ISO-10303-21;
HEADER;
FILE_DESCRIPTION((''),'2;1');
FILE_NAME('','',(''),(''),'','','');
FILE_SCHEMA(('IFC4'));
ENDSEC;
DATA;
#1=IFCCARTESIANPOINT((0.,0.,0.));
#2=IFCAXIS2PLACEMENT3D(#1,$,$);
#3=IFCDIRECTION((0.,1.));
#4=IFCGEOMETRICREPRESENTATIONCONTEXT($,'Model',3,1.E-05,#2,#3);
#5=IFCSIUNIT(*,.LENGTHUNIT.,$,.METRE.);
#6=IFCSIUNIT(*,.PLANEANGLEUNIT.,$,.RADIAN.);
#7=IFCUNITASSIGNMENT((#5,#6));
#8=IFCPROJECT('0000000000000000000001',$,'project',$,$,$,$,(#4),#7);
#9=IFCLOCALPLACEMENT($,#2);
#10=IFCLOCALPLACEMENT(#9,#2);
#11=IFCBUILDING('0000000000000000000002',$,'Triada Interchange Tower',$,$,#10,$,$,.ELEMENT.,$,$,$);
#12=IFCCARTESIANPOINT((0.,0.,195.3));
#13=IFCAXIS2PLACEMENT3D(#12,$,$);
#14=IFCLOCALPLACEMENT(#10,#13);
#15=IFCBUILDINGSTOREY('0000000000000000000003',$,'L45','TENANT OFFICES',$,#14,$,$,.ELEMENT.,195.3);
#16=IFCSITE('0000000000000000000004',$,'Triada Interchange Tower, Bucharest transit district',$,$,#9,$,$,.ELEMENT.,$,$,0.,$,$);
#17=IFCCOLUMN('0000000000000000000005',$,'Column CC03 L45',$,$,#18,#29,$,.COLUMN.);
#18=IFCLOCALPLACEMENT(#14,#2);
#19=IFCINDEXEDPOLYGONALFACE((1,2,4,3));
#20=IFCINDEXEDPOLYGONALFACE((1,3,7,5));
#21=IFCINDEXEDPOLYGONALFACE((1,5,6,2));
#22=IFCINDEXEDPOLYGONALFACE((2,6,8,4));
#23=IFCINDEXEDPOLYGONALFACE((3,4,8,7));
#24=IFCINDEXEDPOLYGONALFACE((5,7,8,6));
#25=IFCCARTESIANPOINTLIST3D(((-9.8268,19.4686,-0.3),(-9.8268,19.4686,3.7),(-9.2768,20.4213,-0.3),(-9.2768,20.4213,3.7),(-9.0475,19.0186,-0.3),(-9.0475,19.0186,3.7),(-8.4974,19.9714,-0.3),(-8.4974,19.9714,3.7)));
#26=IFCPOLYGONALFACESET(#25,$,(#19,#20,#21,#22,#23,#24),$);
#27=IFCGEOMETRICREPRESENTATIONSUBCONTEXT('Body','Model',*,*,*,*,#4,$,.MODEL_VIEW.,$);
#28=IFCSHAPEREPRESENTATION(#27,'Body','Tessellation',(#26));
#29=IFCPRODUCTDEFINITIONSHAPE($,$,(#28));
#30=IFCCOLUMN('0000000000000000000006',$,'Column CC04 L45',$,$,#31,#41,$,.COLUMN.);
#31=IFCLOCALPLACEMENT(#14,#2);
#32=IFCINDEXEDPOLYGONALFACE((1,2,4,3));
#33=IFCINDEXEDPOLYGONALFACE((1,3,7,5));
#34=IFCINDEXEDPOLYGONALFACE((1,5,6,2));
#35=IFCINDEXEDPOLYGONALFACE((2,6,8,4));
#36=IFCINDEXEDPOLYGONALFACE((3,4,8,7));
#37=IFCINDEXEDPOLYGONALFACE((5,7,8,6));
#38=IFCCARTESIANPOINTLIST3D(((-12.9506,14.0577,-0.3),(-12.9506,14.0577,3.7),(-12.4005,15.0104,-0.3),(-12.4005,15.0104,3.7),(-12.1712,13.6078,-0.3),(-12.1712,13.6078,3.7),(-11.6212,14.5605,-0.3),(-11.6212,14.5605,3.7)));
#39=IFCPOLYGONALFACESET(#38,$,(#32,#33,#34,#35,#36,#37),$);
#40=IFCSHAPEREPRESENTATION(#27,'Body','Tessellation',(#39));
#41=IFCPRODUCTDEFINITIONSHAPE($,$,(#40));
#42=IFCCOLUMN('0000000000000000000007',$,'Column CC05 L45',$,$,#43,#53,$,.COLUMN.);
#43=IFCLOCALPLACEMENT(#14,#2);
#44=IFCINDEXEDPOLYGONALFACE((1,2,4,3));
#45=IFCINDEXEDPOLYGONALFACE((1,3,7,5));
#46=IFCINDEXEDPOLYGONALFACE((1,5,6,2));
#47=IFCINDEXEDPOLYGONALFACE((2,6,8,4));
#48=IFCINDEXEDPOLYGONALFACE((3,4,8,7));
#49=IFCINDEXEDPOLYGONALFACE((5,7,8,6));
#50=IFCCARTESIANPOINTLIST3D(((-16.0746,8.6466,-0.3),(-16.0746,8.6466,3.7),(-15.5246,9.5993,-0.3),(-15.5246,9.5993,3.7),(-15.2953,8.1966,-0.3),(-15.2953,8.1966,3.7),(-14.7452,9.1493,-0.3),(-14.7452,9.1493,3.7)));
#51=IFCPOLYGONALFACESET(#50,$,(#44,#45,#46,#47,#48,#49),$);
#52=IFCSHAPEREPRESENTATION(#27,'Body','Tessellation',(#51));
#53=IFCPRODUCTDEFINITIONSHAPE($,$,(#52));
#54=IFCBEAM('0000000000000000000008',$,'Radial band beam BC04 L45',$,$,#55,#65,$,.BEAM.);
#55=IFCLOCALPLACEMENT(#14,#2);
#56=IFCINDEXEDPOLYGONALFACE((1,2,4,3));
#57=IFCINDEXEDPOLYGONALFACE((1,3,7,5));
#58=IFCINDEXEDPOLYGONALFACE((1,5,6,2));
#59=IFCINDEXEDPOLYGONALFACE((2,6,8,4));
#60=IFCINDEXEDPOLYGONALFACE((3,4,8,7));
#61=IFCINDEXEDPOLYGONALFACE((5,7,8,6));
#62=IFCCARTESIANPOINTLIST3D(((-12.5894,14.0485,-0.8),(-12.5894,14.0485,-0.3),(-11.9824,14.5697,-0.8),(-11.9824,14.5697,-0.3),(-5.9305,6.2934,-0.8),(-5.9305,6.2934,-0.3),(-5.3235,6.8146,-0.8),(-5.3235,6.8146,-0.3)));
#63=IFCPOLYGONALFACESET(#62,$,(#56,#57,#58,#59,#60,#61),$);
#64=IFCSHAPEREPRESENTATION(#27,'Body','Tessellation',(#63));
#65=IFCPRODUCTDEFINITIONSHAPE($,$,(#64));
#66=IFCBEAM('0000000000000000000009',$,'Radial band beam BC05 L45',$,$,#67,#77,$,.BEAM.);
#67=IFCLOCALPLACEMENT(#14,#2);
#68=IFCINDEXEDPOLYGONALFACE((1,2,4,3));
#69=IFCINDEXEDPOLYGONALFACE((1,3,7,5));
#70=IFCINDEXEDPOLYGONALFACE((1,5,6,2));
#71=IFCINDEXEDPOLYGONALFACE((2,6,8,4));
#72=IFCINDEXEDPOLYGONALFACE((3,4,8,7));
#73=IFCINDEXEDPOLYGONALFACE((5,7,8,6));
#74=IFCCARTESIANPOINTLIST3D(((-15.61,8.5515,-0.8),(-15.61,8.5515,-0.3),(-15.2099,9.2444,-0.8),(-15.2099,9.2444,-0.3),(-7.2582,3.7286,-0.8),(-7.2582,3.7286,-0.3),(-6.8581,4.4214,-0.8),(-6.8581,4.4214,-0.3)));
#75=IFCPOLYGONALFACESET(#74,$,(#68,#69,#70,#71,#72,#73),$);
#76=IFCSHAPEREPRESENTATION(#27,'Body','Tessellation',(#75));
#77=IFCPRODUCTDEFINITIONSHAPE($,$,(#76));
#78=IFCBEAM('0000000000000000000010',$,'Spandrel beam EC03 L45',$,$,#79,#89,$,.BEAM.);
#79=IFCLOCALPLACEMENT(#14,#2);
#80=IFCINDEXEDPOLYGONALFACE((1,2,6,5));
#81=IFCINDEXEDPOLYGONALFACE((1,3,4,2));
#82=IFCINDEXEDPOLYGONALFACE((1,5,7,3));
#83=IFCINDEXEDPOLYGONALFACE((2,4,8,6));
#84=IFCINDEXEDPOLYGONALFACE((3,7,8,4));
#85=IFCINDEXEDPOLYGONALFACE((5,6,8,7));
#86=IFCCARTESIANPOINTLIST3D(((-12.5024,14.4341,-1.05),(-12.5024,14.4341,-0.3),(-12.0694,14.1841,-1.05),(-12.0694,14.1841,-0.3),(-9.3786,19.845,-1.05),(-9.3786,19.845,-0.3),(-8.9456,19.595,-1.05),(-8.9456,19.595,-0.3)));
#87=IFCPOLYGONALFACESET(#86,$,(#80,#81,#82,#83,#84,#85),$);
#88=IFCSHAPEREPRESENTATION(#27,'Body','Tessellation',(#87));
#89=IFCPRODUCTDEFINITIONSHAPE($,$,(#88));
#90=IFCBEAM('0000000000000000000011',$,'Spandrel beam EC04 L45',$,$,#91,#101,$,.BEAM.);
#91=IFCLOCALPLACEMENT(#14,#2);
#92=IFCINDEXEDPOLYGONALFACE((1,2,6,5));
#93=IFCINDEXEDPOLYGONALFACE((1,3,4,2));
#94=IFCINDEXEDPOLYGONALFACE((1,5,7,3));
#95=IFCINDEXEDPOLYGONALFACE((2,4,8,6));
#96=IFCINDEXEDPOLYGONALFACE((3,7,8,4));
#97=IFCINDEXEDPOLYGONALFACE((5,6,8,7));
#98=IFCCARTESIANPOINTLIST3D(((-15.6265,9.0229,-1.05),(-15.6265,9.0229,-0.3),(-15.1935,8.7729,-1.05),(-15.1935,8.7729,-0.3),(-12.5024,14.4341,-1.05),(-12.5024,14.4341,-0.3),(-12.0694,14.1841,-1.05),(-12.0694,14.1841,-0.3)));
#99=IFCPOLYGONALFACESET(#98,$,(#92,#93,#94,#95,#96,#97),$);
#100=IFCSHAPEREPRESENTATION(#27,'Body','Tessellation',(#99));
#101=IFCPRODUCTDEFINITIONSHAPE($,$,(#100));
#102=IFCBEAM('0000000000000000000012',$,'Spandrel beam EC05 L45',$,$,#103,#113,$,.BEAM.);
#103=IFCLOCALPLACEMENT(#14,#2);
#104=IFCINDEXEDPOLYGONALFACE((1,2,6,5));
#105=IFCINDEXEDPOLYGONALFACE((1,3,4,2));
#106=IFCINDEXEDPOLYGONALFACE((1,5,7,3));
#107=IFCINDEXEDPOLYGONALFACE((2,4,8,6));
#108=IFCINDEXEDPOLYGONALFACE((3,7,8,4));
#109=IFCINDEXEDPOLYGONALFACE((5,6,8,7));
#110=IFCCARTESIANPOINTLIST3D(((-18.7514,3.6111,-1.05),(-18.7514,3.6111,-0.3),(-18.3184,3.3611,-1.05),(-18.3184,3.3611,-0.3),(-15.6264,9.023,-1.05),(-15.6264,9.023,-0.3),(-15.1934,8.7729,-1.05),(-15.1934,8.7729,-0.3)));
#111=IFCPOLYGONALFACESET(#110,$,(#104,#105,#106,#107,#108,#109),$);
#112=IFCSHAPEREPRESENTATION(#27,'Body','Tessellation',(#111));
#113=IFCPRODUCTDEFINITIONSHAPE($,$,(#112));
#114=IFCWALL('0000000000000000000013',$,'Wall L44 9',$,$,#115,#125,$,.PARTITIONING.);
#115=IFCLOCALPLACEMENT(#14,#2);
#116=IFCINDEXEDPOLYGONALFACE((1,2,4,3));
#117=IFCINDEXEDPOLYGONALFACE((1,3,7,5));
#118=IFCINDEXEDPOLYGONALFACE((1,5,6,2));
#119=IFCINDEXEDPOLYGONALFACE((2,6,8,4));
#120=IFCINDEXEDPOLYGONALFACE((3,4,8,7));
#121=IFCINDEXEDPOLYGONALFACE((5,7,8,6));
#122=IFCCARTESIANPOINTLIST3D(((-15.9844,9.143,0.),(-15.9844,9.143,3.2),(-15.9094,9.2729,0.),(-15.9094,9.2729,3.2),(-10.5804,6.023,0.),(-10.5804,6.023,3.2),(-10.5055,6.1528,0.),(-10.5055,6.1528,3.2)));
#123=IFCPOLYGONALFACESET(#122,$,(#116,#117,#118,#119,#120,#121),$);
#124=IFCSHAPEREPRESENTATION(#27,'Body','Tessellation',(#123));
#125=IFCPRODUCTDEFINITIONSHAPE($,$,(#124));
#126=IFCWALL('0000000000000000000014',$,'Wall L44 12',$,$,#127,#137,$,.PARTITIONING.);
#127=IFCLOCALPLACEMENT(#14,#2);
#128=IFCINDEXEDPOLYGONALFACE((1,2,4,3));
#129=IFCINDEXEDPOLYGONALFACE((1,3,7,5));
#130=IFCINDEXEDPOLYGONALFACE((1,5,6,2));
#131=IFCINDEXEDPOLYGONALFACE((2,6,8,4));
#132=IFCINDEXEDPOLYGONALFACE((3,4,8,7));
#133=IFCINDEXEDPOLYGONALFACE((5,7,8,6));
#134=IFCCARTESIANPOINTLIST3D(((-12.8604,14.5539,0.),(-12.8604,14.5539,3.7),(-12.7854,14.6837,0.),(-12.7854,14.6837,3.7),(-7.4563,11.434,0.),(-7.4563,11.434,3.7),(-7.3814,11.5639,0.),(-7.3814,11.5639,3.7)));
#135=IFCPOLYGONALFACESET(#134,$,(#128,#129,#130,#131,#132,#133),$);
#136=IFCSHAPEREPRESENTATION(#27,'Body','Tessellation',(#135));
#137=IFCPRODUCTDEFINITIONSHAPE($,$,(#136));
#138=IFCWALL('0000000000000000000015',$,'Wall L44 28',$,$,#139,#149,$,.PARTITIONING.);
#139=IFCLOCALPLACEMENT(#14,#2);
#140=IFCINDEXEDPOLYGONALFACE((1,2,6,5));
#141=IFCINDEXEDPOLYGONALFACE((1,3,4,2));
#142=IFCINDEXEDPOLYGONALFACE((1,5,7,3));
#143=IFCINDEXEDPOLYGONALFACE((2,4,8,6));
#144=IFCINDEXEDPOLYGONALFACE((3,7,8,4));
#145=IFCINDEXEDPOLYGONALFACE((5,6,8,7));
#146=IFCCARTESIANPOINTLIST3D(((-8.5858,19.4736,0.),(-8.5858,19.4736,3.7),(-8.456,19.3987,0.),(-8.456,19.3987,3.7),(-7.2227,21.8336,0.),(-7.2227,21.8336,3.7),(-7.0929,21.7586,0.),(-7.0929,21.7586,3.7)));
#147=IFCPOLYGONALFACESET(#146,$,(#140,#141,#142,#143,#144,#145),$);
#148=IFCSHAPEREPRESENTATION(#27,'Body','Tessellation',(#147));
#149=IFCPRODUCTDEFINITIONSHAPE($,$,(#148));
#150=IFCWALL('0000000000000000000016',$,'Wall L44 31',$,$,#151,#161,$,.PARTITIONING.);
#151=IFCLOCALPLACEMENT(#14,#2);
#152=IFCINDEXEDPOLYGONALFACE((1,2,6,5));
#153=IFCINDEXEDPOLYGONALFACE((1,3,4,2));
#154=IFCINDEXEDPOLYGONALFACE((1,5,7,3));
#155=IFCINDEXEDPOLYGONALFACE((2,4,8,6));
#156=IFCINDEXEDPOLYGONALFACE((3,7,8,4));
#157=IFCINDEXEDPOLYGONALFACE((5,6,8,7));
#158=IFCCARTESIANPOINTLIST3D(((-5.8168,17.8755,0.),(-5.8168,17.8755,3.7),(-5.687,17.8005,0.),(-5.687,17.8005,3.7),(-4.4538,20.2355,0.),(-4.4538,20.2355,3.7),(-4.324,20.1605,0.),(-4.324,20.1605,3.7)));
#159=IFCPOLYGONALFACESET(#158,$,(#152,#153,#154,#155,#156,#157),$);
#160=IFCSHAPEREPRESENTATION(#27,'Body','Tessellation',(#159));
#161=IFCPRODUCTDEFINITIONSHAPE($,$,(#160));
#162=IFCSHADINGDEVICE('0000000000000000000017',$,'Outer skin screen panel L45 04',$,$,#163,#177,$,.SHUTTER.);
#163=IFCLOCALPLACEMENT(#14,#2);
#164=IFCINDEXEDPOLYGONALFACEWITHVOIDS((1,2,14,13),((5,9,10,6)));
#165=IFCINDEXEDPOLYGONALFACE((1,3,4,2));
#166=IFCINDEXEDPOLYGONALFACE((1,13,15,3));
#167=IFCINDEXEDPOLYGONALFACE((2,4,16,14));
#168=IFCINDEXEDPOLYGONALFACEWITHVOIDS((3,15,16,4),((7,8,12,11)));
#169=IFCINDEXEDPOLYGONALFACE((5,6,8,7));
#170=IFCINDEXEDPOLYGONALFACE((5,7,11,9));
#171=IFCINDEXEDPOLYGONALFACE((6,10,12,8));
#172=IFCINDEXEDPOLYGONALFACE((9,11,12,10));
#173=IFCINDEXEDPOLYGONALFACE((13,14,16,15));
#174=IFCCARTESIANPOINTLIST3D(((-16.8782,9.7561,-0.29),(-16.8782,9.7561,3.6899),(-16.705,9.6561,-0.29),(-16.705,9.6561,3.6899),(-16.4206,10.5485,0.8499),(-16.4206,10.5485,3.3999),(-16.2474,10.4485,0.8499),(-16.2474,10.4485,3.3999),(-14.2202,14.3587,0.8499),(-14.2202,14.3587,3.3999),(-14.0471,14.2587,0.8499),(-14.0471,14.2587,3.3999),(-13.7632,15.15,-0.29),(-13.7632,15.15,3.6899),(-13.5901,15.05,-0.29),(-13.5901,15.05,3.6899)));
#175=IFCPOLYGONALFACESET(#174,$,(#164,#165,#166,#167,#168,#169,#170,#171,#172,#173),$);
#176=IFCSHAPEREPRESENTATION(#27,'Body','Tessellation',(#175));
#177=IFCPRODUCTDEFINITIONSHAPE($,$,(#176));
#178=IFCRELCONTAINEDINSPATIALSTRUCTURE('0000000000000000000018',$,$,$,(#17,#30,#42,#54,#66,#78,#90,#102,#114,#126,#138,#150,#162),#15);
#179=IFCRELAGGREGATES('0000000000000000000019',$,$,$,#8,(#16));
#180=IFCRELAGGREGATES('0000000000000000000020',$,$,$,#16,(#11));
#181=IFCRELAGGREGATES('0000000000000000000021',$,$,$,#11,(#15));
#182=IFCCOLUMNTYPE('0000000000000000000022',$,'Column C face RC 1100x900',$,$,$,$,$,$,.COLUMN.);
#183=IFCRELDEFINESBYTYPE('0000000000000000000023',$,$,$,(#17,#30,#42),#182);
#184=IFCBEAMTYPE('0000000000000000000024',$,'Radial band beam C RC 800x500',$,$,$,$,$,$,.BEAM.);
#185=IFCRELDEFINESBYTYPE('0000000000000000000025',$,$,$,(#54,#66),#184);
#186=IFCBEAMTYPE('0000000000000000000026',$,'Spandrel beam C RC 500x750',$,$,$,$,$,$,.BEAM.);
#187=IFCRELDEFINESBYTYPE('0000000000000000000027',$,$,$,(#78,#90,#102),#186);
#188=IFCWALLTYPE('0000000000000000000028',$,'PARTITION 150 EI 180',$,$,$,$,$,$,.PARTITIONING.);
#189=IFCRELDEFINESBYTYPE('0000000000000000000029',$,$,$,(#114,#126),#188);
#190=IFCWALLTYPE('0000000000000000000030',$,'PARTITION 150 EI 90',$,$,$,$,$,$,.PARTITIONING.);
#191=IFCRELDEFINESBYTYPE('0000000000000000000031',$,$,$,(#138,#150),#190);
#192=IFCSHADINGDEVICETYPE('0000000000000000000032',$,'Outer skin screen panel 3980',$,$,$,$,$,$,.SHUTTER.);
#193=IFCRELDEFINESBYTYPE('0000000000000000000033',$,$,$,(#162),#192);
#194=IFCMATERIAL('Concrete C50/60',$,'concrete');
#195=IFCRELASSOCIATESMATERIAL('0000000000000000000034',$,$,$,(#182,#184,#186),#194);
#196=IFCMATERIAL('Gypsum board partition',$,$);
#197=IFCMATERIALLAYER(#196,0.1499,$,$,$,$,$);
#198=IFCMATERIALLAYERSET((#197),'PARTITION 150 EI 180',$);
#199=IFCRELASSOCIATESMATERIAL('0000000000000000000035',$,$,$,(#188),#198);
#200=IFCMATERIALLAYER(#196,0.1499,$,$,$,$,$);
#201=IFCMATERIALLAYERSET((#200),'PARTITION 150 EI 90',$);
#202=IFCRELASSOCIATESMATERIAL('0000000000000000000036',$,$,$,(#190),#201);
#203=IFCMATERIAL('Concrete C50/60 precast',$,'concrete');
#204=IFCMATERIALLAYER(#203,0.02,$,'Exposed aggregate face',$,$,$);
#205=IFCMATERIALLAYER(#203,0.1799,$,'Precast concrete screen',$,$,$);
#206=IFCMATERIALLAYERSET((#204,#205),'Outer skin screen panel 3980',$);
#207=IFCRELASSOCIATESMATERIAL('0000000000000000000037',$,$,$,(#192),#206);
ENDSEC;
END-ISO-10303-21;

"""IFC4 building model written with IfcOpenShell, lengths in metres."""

from ifc_helpers import new_model, si_unit, direction, frame, frame_2d, origin, origin_2d, place, context, subcontext, project, spatial, polyline, rectangle, outline, extrude, material, layer, layer_set, material_profile, profile_set, type_object, element, save


model = new_model("IFC4")

# Units and contexts
model_context = context("Model", 3, precision=1e-05, world=origin(), true_north=direction((0.0, 1.0)))
body_context = subcontext(model_context, "Body", "Model", "MODEL_VIEW")
ifc_project = project(units=[si_unit("LENGTHUNIT", "METRE"), si_unit("PLANEANGLEUNIT", "RADIAN")], contexts=[model_context])

# Site, building, storey
site_placement = place(None, origin())
site = spatial("IfcSite", under=ifc_project, at=site_placement, Name="Triada Interchange Tower, Bucharest transit district", CompositionType="ELEMENT", RefElevation=0.0)
building_placement = place(site_placement, origin())
building = spatial("IfcBuilding", under=site, at=building_placement, Name="Triada Interchange Tower", CompositionType="ELEMENT")
storey_placement = place(building_placement, frame((0.0, 0.0, 195.3)))
storey = spatial("IfcBuildingStorey", under=building, at=storey_placement, Name="L45", Description="TENANT OFFICES", CompositionType="ELEMENT", Elevation=195.3)

# Columns
ifc_material_1 = material(Name="Concrete C50/60", Category="concrete")
ifc_material_profile_1 = material_profile(ifc_material_1, rectangle(XDim=1.1001, YDim=0.8999, at=origin_2d()), Name="RC 1100x900")
ifc_profile_set_1 = profile_set([ifc_material_profile_1], Name="Concrete C50/60")
column_type = type_object("IfcColumnType", Name="Column C face RC 1100x900", PredefinedType="COLUMN", material=ifc_profile_set_1)
for number, where, z_axis, x_axis, name in (
    (1, (-9.1621, 19.72, -0.3), (0.0, 0.0, 1.0), (0.5, 0.866025, 0.0), "Column CC03 L45"),
    (2, (-12.2859, 14.3091, -0.3), (0.0, 0.0, 1.0), (0.5, 0.866025, 0.0), "Column CC04 L45"),
    (3, (-15.4099, 8.8979, -0.3), (0.0, 0.0, 1.0), (0.5, 0.866025, 0.0), "Column CC05 L45"),
):
    element("IfcColumn", number, at=place(storey_placement, frame(where, z_axis=z_axis, x_axis=x_axis)), inside=storey, type_object=column_type, Name=name, PredefinedType="COLUMN", context=body_context, shape_type="SweptSolid", body=[
        extrude(rectangle(XDim=1.1001, YDim=0.8999, at=origin_2d()), origin(), (0.0, 0.0, 1.0), 4.0),
    ])

# Beams
ifc_material_profile_2 = material_profile(ifc_material_1, rectangle(XDim=0.8, YDim=0.5, at=origin_2d()), Name="RC 800x500")
ifc_profile_set_2 = profile_set([ifc_material_profile_2], Name="Concrete C50/60")
beam_type_1 = type_object("IfcBeamType", Name="Radial band beam C RC 800x500", PredefinedType="BEAM", material=ifc_profile_set_2)
beam_1_placement = place(storey_placement, frame((-12.2859, 14.3091, -0.55), z_axis=(0.65145, -0.758692, 0.0), x_axis=(0.758692, 0.65145, 0.0)))
element("IfcBeam", 4, at=beam_1_placement, inside=storey, type_object=beam_type_1, Name="Radial band beam BC04 L45", PredefinedType="BEAM", context=body_context, shape_type="SweptSolid", body=[
    extrude(rectangle(XDim=0.8, YDim=0.5, at=origin_2d()), origin(), (0.0, 0.0, 1.0), 10.2217),
])
beam_2_placement = place(storey_placement, frame((-15.4099, 8.8979, -0.55), z_axis=(0.865977, -0.500084, 0.0), x_axis=(0.500084, 0.865977, 0.0)))
element("IfcBeam", 5, at=beam_2_placement, inside=storey, type_object=beam_type_1, Name="Radial band beam BC05 L45", PredefinedType="BEAM", context=body_context, shape_type="SweptSolid", body=[
    extrude(rectangle(XDim=0.8, YDim=0.5, at=origin_2d()), origin(), (0.0, 0.0, 1.0), 9.6443),
])
ifc_material_profile_3 = material_profile(ifc_material_1, rectangle(XDim=0.5, YDim=0.75, at=origin_2d()), Name="RC 500x750")
ifc_profile_set_3 = profile_set([ifc_material_profile_3], Name="Concrete C50/60")
beam_type_2 = type_object("IfcBeamType", Name="Spandrel beam C RC 500x750", PredefinedType="BEAM", material=ifc_profile_set_3)
beam_3_placement = place(storey_placement, frame((-9.1621, 19.72, -0.675), z_axis=(-0.499976, -0.866039, 0.0), x_axis=(0.866039, -0.499976, 0.0)))
element("IfcBeam", 6, at=beam_3_placement, inside=storey, type_object=beam_type_2, Name="Spandrel beam EC03 L45", PredefinedType="BEAM", context=body_context, shape_type="SweptSolid", body=[
    extrude(rectangle(XDim=0.5, YDim=0.75, at=origin_2d()), origin(), (0.0, 0.0, 1.0), 6.2478),
])
beam_4_placement = place(storey_placement, frame((-12.2859, 14.3091, -0.675), z_axis=(-0.499989, -0.866032, 0.0), x_axis=(0.866032, -0.499989, 0.0)))
element("IfcBeam", 7, at=beam_4_placement, inside=storey, type_object=beam_type_2, Name="Spandrel beam EC04 L45", PredefinedType="BEAM", context=body_context, shape_type="SweptSolid", body=[
    extrude(rectangle(XDim=0.5, YDim=0.75, at=origin_2d()), origin(), (0.0, 0.0, 1.0), 6.2483),
])
beam_5_placement = place(storey_placement, frame((-15.4099, 8.8979, -0.675), z_axis=(-0.500055, -0.865994, 0.0), x_axis=(0.865994, -0.500055, 0.0)))
element("IfcBeam", 8, at=beam_5_placement, inside=storey, type_object=beam_type_2, Name="Spandrel beam EC05 L45", PredefinedType="BEAM", context=body_context, shape_type="SweptSolid", body=[
    extrude(rectangle(XDim=0.5, YDim=0.75, at=origin_2d()), origin(), (0.0, 0.0, 1.0), 6.2493),
])

# Walls
ifc_material_2 = material(Name="Gypsum board partition")
ifc_layer_1 = layer(ifc_material_2, 0.1499)
ifc_layer_set_1 = layer_set([ifc_layer_1], Name="PARTITION 150 EI 180")
wall_type_1 = type_object("IfcWallType", Name="PARTITION 150 EI 180", PredefinedType="PARTITIONING", material=ifc_layer_set_1)
wall_1_placement = place(storey_placement, frame((-15.947, 9.208, 0.0), z_axis=(0.0, 0.0, 1.0), x_axis=(0.866019, -0.50001, 0.0)))
element("IfcWall", 9, at=wall_1_placement, inside=storey, type_object=wall_type_1, Name="Wall L44 9", PredefinedType="PARTITIONING", context=body_context, shape_type="SweptSolid", body=[
    extrude(rectangle(XDim=6.24, YDim=0.1499, at=frame_2d((3.1201, 0.0))), origin(), (0.0, 0.0, 1.0), 3.2),
])
wall_2_placement = place(storey_placement, frame((-12.823, 14.6189, 0.0), z_axis=(0.0, 0.0, 1.0), x_axis=(0.866036, -0.499981, 0.0)))
element("IfcWall", 10, at=wall_2_placement, inside=storey, type_object=wall_type_1, Name="Wall L44 12", PredefinedType="PARTITIONING", context=body_context, shape_type="SweptSolid", body=[
    extrude(rectangle(XDim=6.24, YDim=0.1499, at=frame_2d((3.1201, 0.0))), origin(), (0.0, 0.0, 1.0), 3.7),
])
ifc_layer_2 = layer(ifc_material_2, 0.1499)
ifc_layer_set_2 = layer_set([ifc_layer_2], Name="PARTITION 150 EI 90")
wall_type_2 = type_object("IfcWallType", Name="PARTITION 150 EI 90", PredefinedType="PARTITIONING", material=ifc_layer_set_2)
for number, where, z_axis, x_axis, name in (
    (11, (-8.521, 19.436, 0.0), (0.0, 0.0, 1.0), (0.500157, 0.865935, 0.0), "Wall L44 28"),
    (12, (-5.752, 17.8379, 0.0), (0.0, 0.0, 1.0), (0.500118, 0.865957, 0.0), "Wall L44 31"),
):
    element("IfcWall", number, at=place(storey_placement, frame(where, z_axis=z_axis, x_axis=x_axis)), inside=storey, type_object=wall_type_2, Name=name, PredefinedType="PARTITIONING", context=body_context, shape_type="SweptSolid", body=[
        extrude(rectangle(XDim=2.7253, YDim=0.1499, at=frame_2d((1.3628, 0.0))), origin(), (0.0, 0.0, 1.0), 3.7),
    ])

# Shading device
ifc_material_3 = material(Name="Concrete C50/60 precast", Category="concrete")
ifc_layer_3 = layer(ifc_material_3, 0.02, Name="Exposed aggregate face")
ifc_layer_4 = layer(ifc_material_3, 0.1799, Name="Precast concrete screen")
ifc_layer_set_3 = layer_set([ifc_layer_3, ifc_layer_4], Name="Outer skin screen panel 3980")
shading_device_type = type_object("IfcShadingDeviceType", Name="Outer skin screen panel 3980", PredefinedType="SHUTTER", material=ifc_layer_set_3)
shading_device_1_placement = place(storey_placement, frame((-13.5901, 15.05, -0.29), z_axis=(0.0, 0.0, 1.0), x_axis=(-0.500089, -0.865974, 0.0)))
element("IfcShadingDevice", 13, at=shading_device_1_placement, inside=storey, type_object=shading_device_type, Name="Outer skin screen panel L45 04", PredefinedType="SHUTTER", context=body_context, shape_type="SweptSolid", body=[
    extrude(outline(polyline([(0.0, 0.0), (6.2288, 0.0), (6.2288, 3.98), (0.0, 3.98), (0.0, 0.0)]), holes=[polyline([(0.9138, 1.1399), (0.9138, 3.6899), (5.3137, 3.6899), (5.3137, 1.1399), (0.9138, 1.1399)])]), frame((0.0, 0.0, 0.0), z_axis=(0.0, -1.0, 0.0), x_axis=(1.0, 0.0, 0.0)), (0.0, 0.0, 1.0), 0.2),
])

save(model, "model.ifc")
